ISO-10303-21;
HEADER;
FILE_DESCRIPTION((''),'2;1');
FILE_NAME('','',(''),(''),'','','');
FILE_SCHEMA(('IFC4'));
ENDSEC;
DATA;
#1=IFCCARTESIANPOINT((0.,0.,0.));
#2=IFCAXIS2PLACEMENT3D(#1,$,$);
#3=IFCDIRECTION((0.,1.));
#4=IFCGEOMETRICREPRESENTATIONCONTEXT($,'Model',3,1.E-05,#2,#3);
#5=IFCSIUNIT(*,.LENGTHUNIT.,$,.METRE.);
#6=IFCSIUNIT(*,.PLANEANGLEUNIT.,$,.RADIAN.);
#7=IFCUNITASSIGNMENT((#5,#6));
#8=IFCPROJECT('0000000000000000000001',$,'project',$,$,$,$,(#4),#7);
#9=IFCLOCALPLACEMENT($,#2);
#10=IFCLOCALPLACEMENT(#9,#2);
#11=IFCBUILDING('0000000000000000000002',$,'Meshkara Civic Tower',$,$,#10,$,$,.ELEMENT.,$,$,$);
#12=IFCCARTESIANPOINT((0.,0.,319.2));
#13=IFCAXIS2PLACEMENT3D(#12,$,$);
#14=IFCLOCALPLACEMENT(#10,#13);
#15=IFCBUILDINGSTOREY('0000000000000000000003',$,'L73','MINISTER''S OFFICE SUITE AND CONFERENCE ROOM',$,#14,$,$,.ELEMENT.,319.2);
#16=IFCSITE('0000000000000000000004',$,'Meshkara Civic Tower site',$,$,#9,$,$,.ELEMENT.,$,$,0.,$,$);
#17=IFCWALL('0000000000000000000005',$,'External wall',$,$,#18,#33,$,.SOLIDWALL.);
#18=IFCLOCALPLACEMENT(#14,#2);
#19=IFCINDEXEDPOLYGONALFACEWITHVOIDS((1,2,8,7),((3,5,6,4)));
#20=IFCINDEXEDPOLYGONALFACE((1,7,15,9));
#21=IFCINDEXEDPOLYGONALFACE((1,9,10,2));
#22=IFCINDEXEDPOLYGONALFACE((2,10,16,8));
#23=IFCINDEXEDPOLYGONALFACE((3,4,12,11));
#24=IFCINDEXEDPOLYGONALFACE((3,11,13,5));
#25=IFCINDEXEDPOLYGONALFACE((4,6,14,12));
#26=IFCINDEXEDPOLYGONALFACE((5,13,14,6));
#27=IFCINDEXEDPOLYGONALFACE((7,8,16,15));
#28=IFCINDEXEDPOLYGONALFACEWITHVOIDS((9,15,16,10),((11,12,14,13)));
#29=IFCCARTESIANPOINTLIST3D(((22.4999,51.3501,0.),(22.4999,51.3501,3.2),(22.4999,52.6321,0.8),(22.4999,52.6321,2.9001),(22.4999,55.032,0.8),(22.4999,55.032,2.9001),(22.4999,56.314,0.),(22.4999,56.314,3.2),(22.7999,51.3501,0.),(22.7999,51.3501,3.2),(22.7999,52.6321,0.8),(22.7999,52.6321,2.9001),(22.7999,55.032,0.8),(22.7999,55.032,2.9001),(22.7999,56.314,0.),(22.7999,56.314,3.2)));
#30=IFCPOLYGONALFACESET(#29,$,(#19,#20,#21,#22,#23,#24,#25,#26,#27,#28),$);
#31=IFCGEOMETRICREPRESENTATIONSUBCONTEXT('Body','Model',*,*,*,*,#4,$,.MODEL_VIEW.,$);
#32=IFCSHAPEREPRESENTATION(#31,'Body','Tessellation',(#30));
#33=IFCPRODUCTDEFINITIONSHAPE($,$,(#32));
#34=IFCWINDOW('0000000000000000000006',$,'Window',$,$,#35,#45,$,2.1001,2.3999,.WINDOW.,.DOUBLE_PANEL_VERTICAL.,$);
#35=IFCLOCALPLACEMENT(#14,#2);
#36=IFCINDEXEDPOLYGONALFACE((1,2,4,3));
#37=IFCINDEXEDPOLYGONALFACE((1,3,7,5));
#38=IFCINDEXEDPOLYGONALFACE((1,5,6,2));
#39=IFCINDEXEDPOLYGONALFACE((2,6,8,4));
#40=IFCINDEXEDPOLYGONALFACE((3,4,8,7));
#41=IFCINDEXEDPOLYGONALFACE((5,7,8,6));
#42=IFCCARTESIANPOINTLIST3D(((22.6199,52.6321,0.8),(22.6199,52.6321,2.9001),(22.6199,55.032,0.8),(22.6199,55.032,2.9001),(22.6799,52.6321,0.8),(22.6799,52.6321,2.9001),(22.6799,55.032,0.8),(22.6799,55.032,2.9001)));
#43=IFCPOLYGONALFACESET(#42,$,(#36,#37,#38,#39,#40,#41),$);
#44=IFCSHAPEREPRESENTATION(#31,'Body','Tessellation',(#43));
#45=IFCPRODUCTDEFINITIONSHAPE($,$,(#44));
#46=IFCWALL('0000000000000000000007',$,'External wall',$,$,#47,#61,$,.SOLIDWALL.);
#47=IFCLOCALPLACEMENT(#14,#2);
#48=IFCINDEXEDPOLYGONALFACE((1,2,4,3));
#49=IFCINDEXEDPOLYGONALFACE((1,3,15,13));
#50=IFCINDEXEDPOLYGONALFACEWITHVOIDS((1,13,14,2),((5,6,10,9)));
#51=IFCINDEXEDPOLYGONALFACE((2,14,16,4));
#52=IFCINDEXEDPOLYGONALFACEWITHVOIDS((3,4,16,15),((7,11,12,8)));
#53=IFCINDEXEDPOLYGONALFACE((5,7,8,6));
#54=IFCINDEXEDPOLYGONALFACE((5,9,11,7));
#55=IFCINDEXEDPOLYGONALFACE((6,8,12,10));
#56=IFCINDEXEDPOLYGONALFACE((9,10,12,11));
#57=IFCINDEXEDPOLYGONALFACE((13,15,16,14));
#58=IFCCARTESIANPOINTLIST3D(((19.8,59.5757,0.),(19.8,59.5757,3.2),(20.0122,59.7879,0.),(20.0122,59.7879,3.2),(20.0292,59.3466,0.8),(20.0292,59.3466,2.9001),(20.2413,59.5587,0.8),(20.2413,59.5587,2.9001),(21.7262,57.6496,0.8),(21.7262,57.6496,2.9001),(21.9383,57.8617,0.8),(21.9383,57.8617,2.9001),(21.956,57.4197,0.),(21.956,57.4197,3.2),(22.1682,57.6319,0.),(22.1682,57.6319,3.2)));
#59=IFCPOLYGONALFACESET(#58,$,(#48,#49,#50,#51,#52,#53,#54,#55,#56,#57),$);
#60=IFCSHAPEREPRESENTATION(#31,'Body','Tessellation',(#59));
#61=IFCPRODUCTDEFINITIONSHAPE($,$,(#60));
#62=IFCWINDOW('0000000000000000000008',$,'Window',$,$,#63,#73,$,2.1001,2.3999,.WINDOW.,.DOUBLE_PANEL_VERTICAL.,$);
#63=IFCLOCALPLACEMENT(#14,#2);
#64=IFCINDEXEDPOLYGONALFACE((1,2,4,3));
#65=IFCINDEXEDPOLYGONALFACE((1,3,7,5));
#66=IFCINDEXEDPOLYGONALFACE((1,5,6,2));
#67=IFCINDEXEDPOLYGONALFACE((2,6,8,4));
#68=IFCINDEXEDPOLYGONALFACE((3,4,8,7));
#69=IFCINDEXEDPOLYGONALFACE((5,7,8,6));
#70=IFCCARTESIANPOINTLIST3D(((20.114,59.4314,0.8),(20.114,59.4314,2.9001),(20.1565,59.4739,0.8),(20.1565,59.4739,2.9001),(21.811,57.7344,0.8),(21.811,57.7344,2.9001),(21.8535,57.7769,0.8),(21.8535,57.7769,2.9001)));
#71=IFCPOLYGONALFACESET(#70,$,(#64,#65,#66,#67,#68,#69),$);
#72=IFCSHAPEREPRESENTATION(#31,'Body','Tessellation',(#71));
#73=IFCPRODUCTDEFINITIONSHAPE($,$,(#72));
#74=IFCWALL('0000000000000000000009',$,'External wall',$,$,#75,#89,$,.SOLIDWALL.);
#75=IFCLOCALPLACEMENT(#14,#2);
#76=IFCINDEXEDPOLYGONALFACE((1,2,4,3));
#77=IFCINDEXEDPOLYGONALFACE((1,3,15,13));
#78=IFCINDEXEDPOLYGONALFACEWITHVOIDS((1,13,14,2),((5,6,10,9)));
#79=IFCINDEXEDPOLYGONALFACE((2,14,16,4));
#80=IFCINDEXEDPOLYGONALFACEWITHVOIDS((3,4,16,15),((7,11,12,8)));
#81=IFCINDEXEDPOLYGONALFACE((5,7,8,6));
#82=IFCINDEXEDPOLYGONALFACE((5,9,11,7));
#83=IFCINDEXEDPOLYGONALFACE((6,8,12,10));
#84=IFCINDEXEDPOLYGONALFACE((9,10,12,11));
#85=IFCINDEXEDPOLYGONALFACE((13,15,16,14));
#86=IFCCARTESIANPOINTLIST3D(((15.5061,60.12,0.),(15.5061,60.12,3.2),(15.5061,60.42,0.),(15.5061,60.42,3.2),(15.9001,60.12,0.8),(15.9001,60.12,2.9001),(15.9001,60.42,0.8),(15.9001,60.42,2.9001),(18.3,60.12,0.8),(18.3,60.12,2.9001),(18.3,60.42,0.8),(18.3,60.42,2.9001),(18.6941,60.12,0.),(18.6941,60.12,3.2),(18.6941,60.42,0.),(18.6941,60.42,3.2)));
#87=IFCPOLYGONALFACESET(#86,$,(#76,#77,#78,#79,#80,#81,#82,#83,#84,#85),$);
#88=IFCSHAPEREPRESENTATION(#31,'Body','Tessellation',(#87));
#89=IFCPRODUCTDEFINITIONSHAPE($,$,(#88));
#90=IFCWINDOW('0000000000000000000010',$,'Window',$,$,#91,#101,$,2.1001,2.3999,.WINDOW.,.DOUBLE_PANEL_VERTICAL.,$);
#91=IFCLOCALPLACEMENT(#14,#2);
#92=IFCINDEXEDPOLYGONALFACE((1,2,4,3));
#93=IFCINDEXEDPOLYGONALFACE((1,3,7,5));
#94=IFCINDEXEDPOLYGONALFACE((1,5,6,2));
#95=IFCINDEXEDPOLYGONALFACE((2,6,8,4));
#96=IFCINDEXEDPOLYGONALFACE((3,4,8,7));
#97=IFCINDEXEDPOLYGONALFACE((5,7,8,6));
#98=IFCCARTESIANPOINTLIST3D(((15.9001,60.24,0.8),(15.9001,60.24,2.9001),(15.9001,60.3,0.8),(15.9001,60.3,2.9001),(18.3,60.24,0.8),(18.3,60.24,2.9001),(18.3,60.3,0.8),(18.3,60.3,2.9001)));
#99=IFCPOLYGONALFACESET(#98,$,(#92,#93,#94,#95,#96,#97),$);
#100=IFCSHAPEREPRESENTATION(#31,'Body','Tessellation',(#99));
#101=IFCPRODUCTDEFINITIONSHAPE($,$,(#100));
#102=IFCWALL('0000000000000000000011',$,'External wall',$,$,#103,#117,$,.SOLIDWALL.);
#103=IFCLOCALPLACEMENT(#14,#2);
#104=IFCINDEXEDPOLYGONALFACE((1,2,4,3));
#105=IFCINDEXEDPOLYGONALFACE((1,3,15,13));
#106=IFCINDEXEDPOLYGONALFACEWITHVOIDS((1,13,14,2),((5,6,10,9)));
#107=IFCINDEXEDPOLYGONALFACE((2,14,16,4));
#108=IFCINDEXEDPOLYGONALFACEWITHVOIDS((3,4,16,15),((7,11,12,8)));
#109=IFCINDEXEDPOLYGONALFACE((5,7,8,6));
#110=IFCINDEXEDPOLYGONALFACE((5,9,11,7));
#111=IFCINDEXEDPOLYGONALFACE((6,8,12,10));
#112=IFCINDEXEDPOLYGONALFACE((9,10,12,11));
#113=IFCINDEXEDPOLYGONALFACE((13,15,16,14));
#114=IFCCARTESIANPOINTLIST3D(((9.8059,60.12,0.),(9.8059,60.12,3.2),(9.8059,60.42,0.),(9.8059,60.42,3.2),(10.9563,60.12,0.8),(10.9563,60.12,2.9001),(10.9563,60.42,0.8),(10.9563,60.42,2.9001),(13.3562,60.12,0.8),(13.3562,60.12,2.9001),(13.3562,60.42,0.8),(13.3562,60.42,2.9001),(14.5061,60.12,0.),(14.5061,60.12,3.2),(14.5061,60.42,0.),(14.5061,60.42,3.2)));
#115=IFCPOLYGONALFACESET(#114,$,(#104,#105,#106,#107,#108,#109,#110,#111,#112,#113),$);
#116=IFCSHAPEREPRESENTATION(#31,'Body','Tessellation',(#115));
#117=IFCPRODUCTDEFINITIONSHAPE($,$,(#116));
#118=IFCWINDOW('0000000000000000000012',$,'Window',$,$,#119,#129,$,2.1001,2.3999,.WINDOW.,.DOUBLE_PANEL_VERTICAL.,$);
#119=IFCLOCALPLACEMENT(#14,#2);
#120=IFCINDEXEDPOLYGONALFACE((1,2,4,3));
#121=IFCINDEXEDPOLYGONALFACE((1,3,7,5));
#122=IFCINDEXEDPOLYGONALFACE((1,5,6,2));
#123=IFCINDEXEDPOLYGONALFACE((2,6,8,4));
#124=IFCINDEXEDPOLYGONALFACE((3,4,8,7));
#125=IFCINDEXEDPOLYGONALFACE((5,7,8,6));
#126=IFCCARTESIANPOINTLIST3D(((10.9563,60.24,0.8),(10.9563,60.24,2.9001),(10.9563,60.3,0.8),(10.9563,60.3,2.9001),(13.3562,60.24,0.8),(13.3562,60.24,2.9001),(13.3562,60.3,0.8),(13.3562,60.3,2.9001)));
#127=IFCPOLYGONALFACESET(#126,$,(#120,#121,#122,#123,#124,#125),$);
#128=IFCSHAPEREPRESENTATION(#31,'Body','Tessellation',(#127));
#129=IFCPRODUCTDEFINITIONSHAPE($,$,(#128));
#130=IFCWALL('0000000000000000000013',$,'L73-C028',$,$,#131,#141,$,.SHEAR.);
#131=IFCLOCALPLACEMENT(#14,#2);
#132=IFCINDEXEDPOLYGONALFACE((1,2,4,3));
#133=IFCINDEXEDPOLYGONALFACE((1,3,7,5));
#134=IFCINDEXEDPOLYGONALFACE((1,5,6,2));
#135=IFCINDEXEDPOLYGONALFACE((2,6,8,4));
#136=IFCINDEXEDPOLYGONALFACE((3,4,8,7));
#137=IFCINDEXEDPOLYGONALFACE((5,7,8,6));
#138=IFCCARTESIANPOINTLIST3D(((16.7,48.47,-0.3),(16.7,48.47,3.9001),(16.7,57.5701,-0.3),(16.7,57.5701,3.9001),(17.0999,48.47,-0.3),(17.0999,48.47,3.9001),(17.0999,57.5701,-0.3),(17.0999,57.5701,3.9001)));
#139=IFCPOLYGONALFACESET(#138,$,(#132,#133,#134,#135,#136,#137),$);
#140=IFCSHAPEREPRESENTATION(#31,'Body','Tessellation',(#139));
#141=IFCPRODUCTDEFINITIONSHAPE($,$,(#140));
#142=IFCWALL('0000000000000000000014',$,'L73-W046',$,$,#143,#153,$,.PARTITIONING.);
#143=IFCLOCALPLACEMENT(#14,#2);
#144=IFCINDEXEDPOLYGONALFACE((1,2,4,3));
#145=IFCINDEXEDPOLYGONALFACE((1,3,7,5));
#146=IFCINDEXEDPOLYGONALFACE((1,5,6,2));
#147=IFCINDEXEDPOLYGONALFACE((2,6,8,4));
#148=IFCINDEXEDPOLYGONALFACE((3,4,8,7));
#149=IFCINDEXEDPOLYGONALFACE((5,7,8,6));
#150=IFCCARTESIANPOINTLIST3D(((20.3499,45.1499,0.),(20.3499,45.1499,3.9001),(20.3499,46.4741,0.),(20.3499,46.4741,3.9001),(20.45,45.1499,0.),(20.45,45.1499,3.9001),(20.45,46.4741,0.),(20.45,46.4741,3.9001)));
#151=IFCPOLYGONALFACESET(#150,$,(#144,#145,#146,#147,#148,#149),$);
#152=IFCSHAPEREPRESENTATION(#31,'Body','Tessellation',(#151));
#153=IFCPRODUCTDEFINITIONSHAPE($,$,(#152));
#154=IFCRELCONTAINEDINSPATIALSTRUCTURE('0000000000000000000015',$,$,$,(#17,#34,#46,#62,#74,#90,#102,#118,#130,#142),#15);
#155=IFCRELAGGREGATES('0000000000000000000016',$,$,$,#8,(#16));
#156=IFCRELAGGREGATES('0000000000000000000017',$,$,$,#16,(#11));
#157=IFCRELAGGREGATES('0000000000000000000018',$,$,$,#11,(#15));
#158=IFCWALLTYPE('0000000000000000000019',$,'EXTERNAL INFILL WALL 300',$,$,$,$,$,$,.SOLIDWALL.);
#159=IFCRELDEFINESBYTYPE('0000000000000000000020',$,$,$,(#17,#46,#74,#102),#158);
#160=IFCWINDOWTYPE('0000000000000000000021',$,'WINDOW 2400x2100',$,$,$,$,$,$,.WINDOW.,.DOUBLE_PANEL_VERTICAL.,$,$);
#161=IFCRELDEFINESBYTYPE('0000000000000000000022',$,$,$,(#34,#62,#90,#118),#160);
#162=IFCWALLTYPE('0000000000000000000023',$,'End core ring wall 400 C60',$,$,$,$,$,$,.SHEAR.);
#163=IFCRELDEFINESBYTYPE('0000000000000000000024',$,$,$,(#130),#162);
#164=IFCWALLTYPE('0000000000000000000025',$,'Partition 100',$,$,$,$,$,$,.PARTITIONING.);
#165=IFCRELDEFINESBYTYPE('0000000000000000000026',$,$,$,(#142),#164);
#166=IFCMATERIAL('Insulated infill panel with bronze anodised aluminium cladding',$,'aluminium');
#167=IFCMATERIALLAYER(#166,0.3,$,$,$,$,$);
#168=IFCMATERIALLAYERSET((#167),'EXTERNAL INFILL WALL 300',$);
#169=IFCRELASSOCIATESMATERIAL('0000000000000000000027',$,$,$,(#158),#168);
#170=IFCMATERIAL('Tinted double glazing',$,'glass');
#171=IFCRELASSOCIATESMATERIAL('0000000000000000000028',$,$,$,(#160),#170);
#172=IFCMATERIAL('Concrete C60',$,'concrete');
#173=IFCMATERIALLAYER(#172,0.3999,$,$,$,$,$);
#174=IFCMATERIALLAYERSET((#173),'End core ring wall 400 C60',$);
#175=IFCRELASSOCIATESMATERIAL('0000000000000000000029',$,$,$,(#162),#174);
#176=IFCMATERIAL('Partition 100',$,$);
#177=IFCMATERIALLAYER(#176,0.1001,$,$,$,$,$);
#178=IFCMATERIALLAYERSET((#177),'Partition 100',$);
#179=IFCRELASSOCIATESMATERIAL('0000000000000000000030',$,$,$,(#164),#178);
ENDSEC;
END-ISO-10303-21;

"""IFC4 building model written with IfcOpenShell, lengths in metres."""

from ifc_helpers import new_model, si_unit, direction, frame, frame_2d, origin, place, context, subcontext, project, spatial, rectangle, extrude, material, layer, layer_set, type_object, element, fill, save


model = new_model("IFC4")

# Units and contexts
model_context = context("Model", 3, precision=1e-05, world=origin(), true_north=direction((0.0, 1.0)))
body_context = subcontext(model_context, "Body", "Model", "MODEL_VIEW")
ifc_project = project(units=[si_unit("LENGTHUNIT", "METRE"), si_unit("PLANEANGLEUNIT", "RADIAN")], contexts=[model_context])

# Site, building, storey
site_placement = place(None, origin())
site = spatial("IfcSite", under=ifc_project, at=site_placement, Name="Meshkara Civic Tower site", CompositionType="ELEMENT", RefElevation=0.0)
building_placement = place(site_placement, origin())
building = spatial("IfcBuilding", under=site, at=building_placement, Name="Meshkara Civic Tower", CompositionType="ELEMENT")
storey_placement = place(building_placement, frame((0.0, 0.0, 319.2)))
storey = spatial("IfcBuildingStorey", under=building, at=storey_placement, Name="L73", Description="MINISTER'S OFFICE SUITE AND CONFERENCE ROOM", CompositionType="ELEMENT", Elevation=319.2)

# Walls, openings, windows
ifc_material_1 = material(Name="Insulated infill panel with bronze anodised aluminium cladding", Category="aluminium")
ifc_layer_1 = layer(ifc_material_1, 0.3)
ifc_layer_set_1 = layer_set([ifc_layer_1], Name="EXTERNAL INFILL WALL 300")
wall_type_1 = type_object("IfcWallType", Name="EXTERNAL INFILL WALL 300", PredefinedType="SOLIDWALL", material=ifc_layer_set_1)
wall_1_placement = place(storey_placement, frame((22.6499, 51.3501, 0.0), z_axis=(0.0, 0.0, 1.0), x_axis=(0.0, 1.0, 0.0)))
wall_1 = element("IfcWall", 1, at=wall_1_placement, inside=storey, type_object=wall_type_1, Name="External wall", PredefinedType="SOLIDWALL", context=body_context, shape_type="SweptSolid", body=[
    extrude(rectangle(XDim=4.9639, YDim=0.3, at=frame_2d((2.4819, 0.0))), origin(), (0.0, 0.0, 1.0), 3.2),
])
opening_1_placement = place(wall_1_placement, frame((1.282, 0.0, 0.8)))
opening_1 = element("IfcOpeningElement", 2, at=opening_1_placement, cuts=wall_1, PredefinedType="OPENING", context=body_context, shape_type="SweptSolid", body=[
    extrude(rectangle(XDim=2.3999, YDim=2.1001, at=frame_2d((1.2, 1.05))), frame((0.0, 0.1599, 0.0), z_axis=(0.0, -1.0, 0.0), x_axis=(1.0, 0.0, 0.0)), (0.0, 0.0, 1.0), 0.3201),
])
ifc_material_2 = material(Name="Tinted double glazing", Category="glass")
window_type = type_object("IfcWindowType", Name="WINDOW 2400x2100", PartitioningType="DOUBLE_PANEL_VERTICAL", PredefinedType="WINDOW", material=ifc_material_2)
window_1_placement = place(opening_1_placement, origin())
window_1 = element("IfcWindow", 3, at=window_1_placement, inside=storey, type_object=window_type, Name="Window", OverallHeight=2.1001, OverallWidth=2.3999, PartitioningType="DOUBLE_PANEL_VERTICAL", PredefinedType="WINDOW", context=body_context, shape_type="SweptSolid", body=[
    extrude(rectangle(XDim=2.3999, YDim=2.1001, at=frame_2d((1.2, 1.05))), frame((0.0, 0.03, 0.0), z_axis=(0.0, -1.0, 0.0), x_axis=(1.0, 0.0, 0.0)), (0.0, 0.0, 1.0), 0.0601),
])
fill(opening_1, window_1)
wall_2_placement = place(storey_placement, frame((22.062, 57.5259, 0.0), z_axis=(0.0, 0.0, 1.0), x_axis=(-0.707107, 0.707107, 0.0)))
wall_2 = element("IfcWall", 4, at=wall_2_placement, inside=storey, type_object=wall_type_1, Name="External wall", PredefinedType="SOLIDWALL", context=body_context, shape_type="SweptSolid", body=[
    extrude(rectangle(XDim=3.0491, YDim=0.3, at=frame_2d((1.5244, 0.0))), origin(), (0.0, 0.0, 1.0), 3.2),
])
opening_2_placement = place(wall_2_placement, frame((0.325, 0.0, 0.8)))
opening_2 = element("IfcOpeningElement", 5, at=opening_2_placement, cuts=wall_2, PredefinedType="OPENING", context=body_context, shape_type="SweptSolid", body=[
    extrude(rectangle(XDim=2.3999, YDim=2.1001, at=frame_2d((1.2, 1.05))), frame((0.0, 0.1599, 0.0), z_axis=(0.0, -1.0, 0.0), x_axis=(1.0, 0.0, 0.0)), (0.0, 0.0, 1.0), 0.3201),
])
window_2_placement = place(opening_2_placement, origin())
window_2 = element("IfcWindow", 6, at=window_2_placement, inside=storey, type_object=window_type, Name="Window", OverallHeight=2.1001, OverallWidth=2.3999, PartitioningType="DOUBLE_PANEL_VERTICAL", PredefinedType="WINDOW", context=body_context, shape_type="SweptSolid", body=[
    extrude(rectangle(XDim=2.3999, YDim=2.1001, at=frame_2d((1.2, 1.05))), frame((0.0, 0.03, 0.0), z_axis=(0.0, -1.0, 0.0), x_axis=(1.0, 0.0, 0.0)), (0.0, 0.0, 1.0), 0.0601),
])
fill(opening_2, window_2)
wall_3_placement = place(storey_placement, frame((18.6941, 60.27, 0.0), z_axis=(0.0, 0.0, 1.0), x_axis=(-1.0, 0.0, 0.0)))
wall_3 = element("IfcWall", 7, at=wall_3_placement, inside=storey, type_object=wall_type_1, Name="External wall", PredefinedType="SOLIDWALL", context=body_context, shape_type="SweptSolid", body=[
    extrude(rectangle(XDim=3.188, YDim=0.3, at=frame_2d((1.594, 0.0))), origin(), (0.0, 0.0, 1.0), 3.2),
])
opening_3_placement = place(wall_3_placement, frame((0.394, 0.0, 0.8)))
opening_3 = element("IfcOpeningElement", 8, at=opening_3_placement, cuts=wall_3, PredefinedType="OPENING", context=body_context, shape_type="SweptSolid", body=[
    extrude(rectangle(XDim=2.3999, YDim=2.1001, at=frame_2d((1.2, 1.05))), frame((0.0, 0.1599, 0.0), z_axis=(0.0, -1.0, 0.0), x_axis=(1.0, 0.0, 0.0)), (0.0, 0.0, 1.0), 0.3201),
])
window_3_placement = place(opening_3_placement, origin())
window_3 = element("IfcWindow", 9, at=window_3_placement, inside=storey, type_object=window_type, Name="Window", OverallHeight=2.1001, OverallWidth=2.3999, PartitioningType="DOUBLE_PANEL_VERTICAL", PredefinedType="WINDOW", context=body_context, shape_type="SweptSolid", body=[
    extrude(rectangle(XDim=2.3999, YDim=2.1001, at=frame_2d((1.2, 1.05))), frame((0.0, 0.03, 0.0), z_axis=(0.0, -1.0, 0.0), x_axis=(1.0, 0.0, 0.0)), (0.0, 0.0, 1.0), 0.0601),
])
fill(opening_3, window_3)
wall_4_placement = place(storey_placement, frame((14.5061, 60.27, 0.0), z_axis=(0.0, 0.0, 1.0), x_axis=(-1.0, 0.0, 0.0)))
wall_4 = element("IfcWall", 10, at=wall_4_placement, inside=storey, type_object=wall_type_1, Name="External wall", PredefinedType="SOLIDWALL", context=body_context, shape_type="SweptSolid", body=[
    extrude(rectangle(XDim=4.7002, YDim=0.3, at=frame_2d((2.3501, 0.0))), origin(), (0.0, 0.0, 1.0), 3.2),
])
opening_4_placement = place(wall_4_placement, frame((1.1499, 0.0, 0.8)))
opening_4 = element("IfcOpeningElement", 11, at=opening_4_placement, cuts=wall_4, PredefinedType="OPENING", context=body_context, shape_type="SweptSolid", body=[
    extrude(rectangle(XDim=2.3999, YDim=2.1001, at=frame_2d((1.2, 1.05))), frame((0.0, 0.1599, 0.0), z_axis=(0.0, -1.0, 0.0), x_axis=(1.0, 0.0, 0.0)), (0.0, 0.0, 1.0), 0.3201),
])
window_4_placement = place(opening_4_placement, origin())
window_4 = element("IfcWindow", 12, at=window_4_placement, inside=storey, type_object=window_type, Name="Window", OverallHeight=2.1001, OverallWidth=2.3999, PartitioningType="DOUBLE_PANEL_VERTICAL", PredefinedType="WINDOW", context=body_context, shape_type="SweptSolid", body=[
    extrude(rectangle(XDim=2.3999, YDim=2.1001, at=frame_2d((1.2, 1.05))), frame((0.0, 0.03, 0.0), z_axis=(0.0, -1.0, 0.0), x_axis=(1.0, 0.0, 0.0)), (0.0, 0.0, 1.0), 0.0601),
])
fill(opening_4, window_4)

# Walls
ifc_material_3 = material(Name="Concrete C60", Category="concrete")
ifc_layer_2 = layer(ifc_material_3, 0.3999)
ifc_layer_set_2 = layer_set([ifc_layer_2], Name="End core ring wall 400 C60")
wall_type_2 = type_object("IfcWallType", Name="End core ring wall 400 C60", PredefinedType="SHEAR", material=ifc_layer_set_2)
wall_5_placement = place(storey_placement, frame((16.8999, 48.47, -0.3), z_axis=(0.0, 0.0, 1.0), x_axis=(0.0, 1.0, 0.0)))
element("IfcWall", 13, at=wall_5_placement, inside=storey, type_object=wall_type_2, Name="L73-C028", PredefinedType="SHEAR", context=body_context, shape_type="SweptSolid", body=[
    extrude(rectangle(XDim=9.1001, YDim=0.3999, at=frame_2d((4.55, 0.0))), origin(), (0.0, 0.0, 1.0), 4.2002),
])
ifc_material_4 = material(Name="Partition 100")
ifc_layer_3 = layer(ifc_material_4, 0.1001)
ifc_layer_set_3 = layer_set([ifc_layer_3], Name="Partition 100")
wall_type_3 = type_object("IfcWallType", Name="Partition 100", PredefinedType="PARTITIONING", material=ifc_layer_set_3)
wall_6_placement = place(storey_placement, frame((20.3999, 46.4741, 0.0), z_axis=(0.0, 0.0, 1.0), x_axis=(0.0, -1.0, 0.0)))
element("IfcWall", 14, at=wall_6_placement, inside=storey, type_object=wall_type_3, Name="L73-W046", PredefinedType="PARTITIONING", context=body_context, shape_type="SweptSolid", body=[
    extrude(rectangle(XDim=1.3242, YDim=0.1001, at=frame_2d((0.6621, 0.0))), origin(), (0.0, 0.0, 1.0), 3.9001),
])

save(model, "model.ifc")
